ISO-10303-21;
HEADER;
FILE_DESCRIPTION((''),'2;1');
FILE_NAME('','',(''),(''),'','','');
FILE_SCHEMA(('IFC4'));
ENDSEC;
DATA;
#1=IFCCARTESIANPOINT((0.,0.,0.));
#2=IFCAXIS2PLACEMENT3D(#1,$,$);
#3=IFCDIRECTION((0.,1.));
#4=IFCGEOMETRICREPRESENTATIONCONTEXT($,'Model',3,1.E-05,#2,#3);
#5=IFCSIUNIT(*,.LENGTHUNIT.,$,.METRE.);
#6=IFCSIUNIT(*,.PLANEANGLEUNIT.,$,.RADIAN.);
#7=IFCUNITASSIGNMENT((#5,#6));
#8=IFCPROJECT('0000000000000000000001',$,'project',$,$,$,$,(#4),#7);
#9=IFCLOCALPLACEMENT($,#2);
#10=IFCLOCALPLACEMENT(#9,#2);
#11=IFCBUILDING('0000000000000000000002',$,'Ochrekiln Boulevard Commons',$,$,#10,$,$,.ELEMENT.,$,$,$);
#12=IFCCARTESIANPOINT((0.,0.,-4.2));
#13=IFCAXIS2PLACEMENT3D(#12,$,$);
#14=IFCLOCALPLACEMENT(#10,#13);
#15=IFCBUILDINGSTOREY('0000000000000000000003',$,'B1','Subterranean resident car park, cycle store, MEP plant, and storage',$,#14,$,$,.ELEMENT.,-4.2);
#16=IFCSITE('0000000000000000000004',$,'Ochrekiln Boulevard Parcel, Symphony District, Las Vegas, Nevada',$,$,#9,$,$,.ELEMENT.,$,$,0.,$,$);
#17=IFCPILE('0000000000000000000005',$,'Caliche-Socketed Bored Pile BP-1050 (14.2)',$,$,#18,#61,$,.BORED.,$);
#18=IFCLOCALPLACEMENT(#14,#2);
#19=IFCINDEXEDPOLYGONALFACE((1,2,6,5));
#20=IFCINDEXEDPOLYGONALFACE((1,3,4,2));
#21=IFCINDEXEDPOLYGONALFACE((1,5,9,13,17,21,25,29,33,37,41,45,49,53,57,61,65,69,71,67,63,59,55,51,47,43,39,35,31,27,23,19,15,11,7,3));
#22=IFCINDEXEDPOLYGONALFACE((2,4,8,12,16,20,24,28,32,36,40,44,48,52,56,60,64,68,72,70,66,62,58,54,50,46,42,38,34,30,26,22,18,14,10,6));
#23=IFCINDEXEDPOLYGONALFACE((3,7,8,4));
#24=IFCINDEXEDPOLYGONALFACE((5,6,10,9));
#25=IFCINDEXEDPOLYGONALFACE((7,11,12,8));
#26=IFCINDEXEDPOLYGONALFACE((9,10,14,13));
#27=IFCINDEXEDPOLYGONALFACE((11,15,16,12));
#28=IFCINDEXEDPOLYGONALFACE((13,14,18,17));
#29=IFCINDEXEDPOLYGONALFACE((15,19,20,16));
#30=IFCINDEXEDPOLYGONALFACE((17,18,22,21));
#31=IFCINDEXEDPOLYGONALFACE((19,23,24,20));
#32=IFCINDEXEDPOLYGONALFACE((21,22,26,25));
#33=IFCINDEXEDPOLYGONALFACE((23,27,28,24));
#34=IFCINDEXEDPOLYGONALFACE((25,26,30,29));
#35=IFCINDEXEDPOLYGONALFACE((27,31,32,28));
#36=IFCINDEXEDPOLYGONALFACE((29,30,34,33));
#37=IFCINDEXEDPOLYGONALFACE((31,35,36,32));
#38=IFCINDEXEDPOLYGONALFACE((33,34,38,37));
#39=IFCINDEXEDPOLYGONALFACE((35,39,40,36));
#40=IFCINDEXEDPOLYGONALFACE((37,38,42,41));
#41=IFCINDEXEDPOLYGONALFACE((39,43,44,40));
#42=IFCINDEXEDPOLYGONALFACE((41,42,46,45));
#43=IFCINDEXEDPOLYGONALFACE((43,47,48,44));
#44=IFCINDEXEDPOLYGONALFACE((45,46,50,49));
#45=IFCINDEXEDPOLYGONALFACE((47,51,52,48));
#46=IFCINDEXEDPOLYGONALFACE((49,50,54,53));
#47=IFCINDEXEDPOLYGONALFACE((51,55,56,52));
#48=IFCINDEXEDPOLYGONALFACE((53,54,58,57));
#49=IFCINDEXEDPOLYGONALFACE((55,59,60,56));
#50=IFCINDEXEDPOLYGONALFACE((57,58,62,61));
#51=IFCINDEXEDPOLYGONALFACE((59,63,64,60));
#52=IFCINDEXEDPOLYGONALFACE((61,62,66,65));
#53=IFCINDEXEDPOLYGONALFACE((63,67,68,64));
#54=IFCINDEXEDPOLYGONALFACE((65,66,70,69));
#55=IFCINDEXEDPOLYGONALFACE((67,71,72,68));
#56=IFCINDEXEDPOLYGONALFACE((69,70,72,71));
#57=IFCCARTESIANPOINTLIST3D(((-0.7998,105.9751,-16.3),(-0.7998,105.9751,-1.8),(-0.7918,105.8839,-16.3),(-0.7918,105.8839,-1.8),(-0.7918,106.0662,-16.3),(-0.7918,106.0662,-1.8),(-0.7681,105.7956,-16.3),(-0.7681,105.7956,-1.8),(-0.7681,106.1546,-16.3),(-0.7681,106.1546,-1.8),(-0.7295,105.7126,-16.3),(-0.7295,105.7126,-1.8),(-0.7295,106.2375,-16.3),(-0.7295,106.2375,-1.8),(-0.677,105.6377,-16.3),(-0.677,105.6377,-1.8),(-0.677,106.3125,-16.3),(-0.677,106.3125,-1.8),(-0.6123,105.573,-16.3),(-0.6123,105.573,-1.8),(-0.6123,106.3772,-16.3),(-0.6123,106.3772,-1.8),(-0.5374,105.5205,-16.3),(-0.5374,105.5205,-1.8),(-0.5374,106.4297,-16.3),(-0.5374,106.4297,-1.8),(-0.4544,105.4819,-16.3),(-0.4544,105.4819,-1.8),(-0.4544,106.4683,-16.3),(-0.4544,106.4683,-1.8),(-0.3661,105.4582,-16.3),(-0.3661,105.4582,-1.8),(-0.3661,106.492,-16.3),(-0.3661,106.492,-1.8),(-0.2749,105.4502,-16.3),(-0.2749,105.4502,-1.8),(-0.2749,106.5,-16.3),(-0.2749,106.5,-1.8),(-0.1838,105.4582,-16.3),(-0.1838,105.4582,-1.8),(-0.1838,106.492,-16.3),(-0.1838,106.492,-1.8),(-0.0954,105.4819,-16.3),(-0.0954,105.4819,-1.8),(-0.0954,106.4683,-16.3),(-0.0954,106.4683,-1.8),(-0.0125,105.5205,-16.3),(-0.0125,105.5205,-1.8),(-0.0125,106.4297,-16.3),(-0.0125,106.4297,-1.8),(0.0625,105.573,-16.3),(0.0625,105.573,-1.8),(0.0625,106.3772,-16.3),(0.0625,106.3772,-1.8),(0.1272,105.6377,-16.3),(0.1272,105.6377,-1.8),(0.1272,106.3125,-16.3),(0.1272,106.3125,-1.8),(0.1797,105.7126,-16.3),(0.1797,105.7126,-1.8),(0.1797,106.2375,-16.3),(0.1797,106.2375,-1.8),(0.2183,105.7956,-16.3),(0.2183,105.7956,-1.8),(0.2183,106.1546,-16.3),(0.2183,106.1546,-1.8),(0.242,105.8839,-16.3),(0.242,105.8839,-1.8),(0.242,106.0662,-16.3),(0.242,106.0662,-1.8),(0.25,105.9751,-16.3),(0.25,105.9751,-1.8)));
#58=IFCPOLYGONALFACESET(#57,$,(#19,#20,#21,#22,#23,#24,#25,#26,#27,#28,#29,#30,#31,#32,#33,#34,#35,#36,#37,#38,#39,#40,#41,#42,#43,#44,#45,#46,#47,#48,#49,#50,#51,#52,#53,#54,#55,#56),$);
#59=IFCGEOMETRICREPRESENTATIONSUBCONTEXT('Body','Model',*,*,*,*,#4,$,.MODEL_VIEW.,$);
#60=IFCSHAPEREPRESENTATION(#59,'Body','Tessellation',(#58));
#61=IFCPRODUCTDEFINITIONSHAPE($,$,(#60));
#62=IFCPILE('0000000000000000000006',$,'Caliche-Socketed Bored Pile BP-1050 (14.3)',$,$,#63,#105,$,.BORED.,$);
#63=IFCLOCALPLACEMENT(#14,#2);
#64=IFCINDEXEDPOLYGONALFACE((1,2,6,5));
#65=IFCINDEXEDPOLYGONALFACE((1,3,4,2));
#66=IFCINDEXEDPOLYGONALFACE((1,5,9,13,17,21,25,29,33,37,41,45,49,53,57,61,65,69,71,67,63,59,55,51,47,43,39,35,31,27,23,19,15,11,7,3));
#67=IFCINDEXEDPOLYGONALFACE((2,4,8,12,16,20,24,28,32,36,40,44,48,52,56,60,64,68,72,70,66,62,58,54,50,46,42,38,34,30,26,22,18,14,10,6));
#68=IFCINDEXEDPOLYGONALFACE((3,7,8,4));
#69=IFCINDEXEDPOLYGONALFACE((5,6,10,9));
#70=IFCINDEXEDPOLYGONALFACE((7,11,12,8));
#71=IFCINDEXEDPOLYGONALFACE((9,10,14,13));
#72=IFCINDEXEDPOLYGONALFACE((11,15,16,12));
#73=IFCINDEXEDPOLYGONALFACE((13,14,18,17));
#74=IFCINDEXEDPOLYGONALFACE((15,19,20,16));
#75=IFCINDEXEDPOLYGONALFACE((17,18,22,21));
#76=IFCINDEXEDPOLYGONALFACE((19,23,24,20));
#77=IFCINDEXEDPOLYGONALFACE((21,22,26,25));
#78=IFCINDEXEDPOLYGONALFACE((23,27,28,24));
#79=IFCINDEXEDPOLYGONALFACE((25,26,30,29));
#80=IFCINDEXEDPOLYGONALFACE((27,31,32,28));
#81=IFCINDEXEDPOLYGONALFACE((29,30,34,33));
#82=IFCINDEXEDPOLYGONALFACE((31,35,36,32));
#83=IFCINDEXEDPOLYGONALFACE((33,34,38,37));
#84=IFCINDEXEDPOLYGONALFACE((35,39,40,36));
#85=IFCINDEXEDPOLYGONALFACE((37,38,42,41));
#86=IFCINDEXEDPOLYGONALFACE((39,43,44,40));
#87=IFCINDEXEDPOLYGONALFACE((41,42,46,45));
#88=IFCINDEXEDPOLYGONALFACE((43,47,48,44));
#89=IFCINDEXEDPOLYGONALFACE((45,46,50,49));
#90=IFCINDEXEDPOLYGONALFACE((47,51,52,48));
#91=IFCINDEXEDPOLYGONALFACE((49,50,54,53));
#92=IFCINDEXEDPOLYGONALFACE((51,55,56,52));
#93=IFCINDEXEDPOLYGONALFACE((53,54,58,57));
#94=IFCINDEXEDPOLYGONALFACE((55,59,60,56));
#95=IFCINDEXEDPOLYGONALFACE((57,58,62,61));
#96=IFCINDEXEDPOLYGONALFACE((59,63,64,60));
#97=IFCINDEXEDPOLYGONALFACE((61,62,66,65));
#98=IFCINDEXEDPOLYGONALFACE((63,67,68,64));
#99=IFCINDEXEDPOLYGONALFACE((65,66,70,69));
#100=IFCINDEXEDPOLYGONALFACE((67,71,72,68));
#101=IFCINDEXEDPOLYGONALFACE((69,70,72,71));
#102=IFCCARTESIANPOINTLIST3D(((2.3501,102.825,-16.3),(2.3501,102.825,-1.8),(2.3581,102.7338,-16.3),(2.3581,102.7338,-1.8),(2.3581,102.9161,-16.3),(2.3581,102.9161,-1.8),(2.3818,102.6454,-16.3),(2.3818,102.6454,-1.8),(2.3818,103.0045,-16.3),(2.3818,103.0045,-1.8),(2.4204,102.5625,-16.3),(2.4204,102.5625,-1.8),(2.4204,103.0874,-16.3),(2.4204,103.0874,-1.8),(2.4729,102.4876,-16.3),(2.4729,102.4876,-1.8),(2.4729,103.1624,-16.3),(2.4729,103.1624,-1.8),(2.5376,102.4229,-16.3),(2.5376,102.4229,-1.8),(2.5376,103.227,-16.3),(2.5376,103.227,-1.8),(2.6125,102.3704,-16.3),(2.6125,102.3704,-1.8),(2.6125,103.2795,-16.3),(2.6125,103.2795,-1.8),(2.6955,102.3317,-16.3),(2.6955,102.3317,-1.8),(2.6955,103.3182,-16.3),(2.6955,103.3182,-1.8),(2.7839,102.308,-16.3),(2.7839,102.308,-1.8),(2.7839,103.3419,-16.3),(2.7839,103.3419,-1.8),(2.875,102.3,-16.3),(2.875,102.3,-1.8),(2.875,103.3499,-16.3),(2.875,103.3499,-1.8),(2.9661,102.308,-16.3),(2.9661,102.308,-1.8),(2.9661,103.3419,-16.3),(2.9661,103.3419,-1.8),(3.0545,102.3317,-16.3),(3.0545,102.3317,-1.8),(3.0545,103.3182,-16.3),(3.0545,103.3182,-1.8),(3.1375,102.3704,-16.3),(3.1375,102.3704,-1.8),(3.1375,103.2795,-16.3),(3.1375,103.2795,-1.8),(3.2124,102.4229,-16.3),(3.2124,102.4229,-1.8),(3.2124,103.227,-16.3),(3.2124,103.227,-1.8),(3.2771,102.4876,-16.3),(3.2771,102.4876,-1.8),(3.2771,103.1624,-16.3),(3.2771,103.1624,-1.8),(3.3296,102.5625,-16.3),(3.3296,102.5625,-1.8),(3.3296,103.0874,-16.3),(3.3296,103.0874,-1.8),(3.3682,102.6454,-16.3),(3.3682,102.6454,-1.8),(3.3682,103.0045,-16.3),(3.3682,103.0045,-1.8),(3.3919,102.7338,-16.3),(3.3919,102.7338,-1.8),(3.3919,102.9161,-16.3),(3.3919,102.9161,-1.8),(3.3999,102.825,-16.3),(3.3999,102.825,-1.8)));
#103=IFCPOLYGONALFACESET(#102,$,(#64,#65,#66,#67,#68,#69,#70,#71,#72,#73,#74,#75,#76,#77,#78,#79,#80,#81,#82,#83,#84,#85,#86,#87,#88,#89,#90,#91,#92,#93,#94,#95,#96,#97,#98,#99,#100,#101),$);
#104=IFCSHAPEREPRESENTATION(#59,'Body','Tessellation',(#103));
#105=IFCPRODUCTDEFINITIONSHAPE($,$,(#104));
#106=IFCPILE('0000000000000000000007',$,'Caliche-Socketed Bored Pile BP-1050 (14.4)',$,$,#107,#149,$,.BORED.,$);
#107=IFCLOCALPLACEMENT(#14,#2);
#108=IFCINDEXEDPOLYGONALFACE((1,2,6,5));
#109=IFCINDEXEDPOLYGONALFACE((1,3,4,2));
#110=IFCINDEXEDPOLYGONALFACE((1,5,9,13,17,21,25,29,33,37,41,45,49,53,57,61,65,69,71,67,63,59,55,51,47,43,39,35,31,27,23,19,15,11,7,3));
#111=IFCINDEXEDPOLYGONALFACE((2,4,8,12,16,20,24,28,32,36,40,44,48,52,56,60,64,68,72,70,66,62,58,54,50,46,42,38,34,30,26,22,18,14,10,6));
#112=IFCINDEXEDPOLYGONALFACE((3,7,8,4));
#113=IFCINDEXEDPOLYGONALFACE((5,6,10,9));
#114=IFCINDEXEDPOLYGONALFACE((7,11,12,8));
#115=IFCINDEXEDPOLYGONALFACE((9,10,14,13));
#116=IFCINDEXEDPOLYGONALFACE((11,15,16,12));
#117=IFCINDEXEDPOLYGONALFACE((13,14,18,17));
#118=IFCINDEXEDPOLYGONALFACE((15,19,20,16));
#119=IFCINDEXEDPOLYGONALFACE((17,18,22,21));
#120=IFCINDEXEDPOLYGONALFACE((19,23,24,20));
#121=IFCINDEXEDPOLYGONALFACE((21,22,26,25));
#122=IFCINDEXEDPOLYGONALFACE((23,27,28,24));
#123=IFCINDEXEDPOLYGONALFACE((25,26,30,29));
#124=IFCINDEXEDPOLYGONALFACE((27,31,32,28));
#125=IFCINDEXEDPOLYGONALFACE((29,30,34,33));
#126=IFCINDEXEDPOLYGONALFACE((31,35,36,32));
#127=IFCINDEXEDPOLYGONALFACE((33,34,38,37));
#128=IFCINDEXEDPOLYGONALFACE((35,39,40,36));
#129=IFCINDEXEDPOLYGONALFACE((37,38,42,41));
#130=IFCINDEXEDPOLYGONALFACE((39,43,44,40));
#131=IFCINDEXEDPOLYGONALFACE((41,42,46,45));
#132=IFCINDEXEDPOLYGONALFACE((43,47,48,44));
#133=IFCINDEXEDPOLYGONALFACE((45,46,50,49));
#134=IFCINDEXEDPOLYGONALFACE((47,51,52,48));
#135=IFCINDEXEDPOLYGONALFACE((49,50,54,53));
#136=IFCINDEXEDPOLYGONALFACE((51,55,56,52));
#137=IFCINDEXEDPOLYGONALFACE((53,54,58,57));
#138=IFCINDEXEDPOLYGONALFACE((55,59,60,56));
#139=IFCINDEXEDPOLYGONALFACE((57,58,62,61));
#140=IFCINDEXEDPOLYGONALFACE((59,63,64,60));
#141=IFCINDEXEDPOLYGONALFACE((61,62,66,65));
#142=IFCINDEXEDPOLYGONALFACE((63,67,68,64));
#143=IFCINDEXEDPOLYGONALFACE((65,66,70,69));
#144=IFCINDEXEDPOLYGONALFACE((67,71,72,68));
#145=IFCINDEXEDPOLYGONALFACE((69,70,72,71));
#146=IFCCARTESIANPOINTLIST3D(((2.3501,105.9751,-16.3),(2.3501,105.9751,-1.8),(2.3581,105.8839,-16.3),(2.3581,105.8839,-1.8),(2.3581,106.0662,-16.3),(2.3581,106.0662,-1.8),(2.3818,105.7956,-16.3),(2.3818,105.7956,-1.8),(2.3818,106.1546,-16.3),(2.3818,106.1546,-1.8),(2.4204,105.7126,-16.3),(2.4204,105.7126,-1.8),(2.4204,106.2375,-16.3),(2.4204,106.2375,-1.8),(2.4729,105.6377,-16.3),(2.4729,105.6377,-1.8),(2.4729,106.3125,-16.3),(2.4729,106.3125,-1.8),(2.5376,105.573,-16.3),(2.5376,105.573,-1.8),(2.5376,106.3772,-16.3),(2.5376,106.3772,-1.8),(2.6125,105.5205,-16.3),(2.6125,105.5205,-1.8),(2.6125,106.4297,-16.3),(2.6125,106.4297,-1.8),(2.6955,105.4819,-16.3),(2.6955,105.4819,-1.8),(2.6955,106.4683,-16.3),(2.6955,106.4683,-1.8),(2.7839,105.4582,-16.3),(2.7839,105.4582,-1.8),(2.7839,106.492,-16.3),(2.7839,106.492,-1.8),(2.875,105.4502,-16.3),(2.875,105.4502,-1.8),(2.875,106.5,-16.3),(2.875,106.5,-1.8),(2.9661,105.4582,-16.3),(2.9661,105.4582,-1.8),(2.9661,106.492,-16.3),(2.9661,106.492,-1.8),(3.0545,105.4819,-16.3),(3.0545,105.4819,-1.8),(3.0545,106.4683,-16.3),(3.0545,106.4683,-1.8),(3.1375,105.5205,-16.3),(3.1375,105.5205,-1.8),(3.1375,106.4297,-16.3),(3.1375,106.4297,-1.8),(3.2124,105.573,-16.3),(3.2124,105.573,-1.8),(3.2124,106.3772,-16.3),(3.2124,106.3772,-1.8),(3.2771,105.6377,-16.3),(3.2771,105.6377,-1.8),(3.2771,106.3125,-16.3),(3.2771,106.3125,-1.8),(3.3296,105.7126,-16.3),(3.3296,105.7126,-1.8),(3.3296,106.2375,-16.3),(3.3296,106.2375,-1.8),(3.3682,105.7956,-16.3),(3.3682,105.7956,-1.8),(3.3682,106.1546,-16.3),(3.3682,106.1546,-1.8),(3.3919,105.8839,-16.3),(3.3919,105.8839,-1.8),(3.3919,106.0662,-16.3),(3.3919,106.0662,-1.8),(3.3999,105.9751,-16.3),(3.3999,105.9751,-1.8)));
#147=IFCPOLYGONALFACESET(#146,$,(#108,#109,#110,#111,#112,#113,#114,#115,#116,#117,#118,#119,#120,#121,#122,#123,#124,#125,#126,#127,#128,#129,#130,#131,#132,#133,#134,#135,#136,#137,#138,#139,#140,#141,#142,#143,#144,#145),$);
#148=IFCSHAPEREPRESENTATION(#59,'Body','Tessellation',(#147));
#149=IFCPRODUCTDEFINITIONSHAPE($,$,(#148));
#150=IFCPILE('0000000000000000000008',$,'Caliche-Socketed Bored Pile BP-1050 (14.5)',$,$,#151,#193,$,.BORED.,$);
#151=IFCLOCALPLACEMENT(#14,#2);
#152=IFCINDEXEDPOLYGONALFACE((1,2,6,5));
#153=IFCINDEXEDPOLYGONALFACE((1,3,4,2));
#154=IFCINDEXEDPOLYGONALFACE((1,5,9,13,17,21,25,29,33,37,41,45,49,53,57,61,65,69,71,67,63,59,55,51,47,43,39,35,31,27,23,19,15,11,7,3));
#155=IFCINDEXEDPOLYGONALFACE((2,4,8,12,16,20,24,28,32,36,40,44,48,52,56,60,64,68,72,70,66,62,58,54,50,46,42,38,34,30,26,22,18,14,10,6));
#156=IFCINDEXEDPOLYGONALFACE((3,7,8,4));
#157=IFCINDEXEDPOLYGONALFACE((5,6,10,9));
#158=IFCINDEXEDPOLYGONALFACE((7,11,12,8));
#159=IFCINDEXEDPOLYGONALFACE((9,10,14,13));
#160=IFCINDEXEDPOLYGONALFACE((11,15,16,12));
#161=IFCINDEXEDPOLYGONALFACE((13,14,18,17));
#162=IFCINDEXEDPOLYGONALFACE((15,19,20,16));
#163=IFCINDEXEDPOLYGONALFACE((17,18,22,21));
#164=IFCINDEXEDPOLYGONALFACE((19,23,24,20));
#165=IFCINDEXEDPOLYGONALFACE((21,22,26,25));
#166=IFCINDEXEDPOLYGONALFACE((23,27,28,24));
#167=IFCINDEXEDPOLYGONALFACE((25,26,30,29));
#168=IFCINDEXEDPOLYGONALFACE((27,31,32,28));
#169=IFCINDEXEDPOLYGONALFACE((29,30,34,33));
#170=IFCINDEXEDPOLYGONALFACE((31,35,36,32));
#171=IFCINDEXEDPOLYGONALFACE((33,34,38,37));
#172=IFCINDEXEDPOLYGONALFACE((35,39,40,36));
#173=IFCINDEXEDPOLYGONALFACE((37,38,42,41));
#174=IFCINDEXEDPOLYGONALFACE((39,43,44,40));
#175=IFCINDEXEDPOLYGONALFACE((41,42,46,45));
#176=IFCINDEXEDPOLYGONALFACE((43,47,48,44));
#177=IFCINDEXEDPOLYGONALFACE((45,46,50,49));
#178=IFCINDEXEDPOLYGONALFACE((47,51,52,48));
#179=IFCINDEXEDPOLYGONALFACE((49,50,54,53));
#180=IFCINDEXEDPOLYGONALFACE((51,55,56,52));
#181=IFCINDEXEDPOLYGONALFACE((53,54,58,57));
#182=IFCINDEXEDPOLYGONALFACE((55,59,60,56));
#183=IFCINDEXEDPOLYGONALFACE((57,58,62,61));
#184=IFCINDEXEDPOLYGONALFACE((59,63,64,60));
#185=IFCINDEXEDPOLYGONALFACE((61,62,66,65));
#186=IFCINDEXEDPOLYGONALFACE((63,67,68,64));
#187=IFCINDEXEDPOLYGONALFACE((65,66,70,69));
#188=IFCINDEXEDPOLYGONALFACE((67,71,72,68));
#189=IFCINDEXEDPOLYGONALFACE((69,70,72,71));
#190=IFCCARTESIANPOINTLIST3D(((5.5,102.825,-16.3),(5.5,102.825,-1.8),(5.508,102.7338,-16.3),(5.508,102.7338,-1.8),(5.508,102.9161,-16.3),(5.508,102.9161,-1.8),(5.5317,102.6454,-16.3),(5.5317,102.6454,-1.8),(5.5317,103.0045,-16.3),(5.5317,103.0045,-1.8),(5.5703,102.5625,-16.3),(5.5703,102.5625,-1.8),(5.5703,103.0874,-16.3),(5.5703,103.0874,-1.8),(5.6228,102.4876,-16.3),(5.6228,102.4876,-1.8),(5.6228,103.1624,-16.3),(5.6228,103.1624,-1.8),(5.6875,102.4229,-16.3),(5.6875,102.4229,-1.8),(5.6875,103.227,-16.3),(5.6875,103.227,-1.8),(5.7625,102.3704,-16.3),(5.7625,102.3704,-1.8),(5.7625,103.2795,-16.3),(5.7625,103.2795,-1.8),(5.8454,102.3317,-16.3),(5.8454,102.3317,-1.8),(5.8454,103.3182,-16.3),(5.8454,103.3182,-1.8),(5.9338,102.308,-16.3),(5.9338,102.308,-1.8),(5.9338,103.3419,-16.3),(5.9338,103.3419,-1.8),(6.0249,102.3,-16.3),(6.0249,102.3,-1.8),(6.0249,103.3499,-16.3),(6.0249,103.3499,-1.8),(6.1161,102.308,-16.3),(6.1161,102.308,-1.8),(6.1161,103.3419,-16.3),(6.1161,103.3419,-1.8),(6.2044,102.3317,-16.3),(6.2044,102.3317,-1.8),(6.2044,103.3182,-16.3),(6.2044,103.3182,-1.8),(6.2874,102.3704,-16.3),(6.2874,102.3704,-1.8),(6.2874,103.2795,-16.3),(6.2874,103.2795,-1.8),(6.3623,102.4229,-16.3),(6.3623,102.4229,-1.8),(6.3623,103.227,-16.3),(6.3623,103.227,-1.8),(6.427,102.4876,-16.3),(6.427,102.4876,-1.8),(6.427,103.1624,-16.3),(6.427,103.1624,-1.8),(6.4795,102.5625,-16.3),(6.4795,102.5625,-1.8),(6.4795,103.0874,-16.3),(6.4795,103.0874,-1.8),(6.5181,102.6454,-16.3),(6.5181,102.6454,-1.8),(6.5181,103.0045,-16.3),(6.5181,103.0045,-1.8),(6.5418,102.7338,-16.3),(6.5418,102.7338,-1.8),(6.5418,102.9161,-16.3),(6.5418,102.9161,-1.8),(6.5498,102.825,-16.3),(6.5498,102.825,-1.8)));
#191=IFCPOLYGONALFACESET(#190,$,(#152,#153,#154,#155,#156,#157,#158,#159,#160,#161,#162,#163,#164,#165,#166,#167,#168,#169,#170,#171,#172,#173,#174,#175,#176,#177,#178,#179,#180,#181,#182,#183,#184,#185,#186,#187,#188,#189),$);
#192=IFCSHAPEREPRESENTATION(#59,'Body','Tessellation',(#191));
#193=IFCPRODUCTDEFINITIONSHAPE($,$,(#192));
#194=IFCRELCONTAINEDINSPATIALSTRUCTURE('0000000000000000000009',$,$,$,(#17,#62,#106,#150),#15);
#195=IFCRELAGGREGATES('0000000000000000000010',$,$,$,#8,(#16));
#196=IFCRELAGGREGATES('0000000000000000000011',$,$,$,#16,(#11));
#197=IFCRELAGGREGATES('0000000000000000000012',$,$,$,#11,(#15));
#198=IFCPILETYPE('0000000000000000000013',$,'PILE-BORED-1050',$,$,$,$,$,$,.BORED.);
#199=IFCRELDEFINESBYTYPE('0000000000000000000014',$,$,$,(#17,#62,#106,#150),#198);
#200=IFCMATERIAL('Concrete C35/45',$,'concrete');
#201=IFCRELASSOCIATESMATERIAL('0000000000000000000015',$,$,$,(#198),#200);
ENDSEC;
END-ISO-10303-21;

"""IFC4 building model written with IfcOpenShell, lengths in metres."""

from ifc_helpers import new_model, si_unit, direction, frame, origin, origin_2d, place, context, subcontext, project, spatial, circle, extrude, material, material_profile, profile_set, type_object, element, save


model = new_model("IFC4")

# Units and contexts
model_context = context("Model", 3, precision=1e-05, world=origin(), true_north=direction((0.0, 1.0)))
body_context = subcontext(model_context, "Body", "Model", "MODEL_VIEW")
ifc_project = project(units=[si_unit("LENGTHUNIT", "METRE"), si_unit("PLANEANGLEUNIT", "RADIAN")], contexts=[model_context])

# Site, building, storey
site_placement = place(None, origin())
site = spatial("IfcSite", under=ifc_project, at=site_placement, Name="Ochrekiln Boulevard Parcel, Symphony District, Las Vegas, Nevada", CompositionType="ELEMENT", RefElevation=0.0)
building_placement = place(site_placement, origin())
building = spatial("IfcBuilding", under=site, at=building_placement, Name="Ochrekiln Boulevard Commons", CompositionType="ELEMENT")
storey_placement = place(building_placement, frame((0.0, 0.0, -4.2)))
storey = spatial("IfcBuildingStorey", under=building, at=storey_placement, Name="B1", Description="Subterranean resident car park, cycle store, MEP plant, and storage", CompositionType="ELEMENT", Elevation=-4.2)

# Shared definitions
ifc_material_1 = material(Name="Concrete C35/45", Category="concrete")

# Piles
ifc_material_profile_1 = material_profile(ifc_material_1, circle(Radius=0.5249, at=origin_2d()), Name="PILE-D1050")
ifc_profile_set_1 = profile_set([ifc_material_profile_1], Name="Concrete C35/45")
pile_type = type_object("IfcPileType", Name="PILE-BORED-1050", PredefinedType="BORED", material=ifc_profile_set_1)
for number, where, z_axis, x_axis, name in (
    (1, (-0.2749, 105.9751, -1.8), (0.0, 0.0, -1.0), (1.0, 0.0, 0.0), "Caliche-Socketed Bored Pile BP-1050 (14.2)"),
    (2, (2.875, 102.825, -1.8), (0.0, 0.0, -1.0), (1.0, 0.0, 0.0), "Caliche-Socketed Bored Pile BP-1050 (14.3)"),
    (3, (2.875, 105.9751, -1.8), (0.0, 0.0, -1.0), (1.0, 0.0, 0.0), "Caliche-Socketed Bored Pile BP-1050 (14.4)"),
    (4, (6.0249, 102.825, -1.8), (0.0, 0.0, -1.0), (1.0, 0.0, 0.0), "Caliche-Socketed Bored Pile BP-1050 (14.5)"),
):
    element("IfcPile", number, at=place(storey_placement, frame(where, z_axis=z_axis, x_axis=x_axis)), inside=storey, type_object=pile_type, Name=name, PredefinedType="BORED", context=body_context, shape_type="SweptSolid", body=[
        extrude(circle(Radius=0.5249, at=origin_2d()), origin(), (0.0, 0.0, 1.0), 14.5),
    ])

save(model, "model.ifc")
